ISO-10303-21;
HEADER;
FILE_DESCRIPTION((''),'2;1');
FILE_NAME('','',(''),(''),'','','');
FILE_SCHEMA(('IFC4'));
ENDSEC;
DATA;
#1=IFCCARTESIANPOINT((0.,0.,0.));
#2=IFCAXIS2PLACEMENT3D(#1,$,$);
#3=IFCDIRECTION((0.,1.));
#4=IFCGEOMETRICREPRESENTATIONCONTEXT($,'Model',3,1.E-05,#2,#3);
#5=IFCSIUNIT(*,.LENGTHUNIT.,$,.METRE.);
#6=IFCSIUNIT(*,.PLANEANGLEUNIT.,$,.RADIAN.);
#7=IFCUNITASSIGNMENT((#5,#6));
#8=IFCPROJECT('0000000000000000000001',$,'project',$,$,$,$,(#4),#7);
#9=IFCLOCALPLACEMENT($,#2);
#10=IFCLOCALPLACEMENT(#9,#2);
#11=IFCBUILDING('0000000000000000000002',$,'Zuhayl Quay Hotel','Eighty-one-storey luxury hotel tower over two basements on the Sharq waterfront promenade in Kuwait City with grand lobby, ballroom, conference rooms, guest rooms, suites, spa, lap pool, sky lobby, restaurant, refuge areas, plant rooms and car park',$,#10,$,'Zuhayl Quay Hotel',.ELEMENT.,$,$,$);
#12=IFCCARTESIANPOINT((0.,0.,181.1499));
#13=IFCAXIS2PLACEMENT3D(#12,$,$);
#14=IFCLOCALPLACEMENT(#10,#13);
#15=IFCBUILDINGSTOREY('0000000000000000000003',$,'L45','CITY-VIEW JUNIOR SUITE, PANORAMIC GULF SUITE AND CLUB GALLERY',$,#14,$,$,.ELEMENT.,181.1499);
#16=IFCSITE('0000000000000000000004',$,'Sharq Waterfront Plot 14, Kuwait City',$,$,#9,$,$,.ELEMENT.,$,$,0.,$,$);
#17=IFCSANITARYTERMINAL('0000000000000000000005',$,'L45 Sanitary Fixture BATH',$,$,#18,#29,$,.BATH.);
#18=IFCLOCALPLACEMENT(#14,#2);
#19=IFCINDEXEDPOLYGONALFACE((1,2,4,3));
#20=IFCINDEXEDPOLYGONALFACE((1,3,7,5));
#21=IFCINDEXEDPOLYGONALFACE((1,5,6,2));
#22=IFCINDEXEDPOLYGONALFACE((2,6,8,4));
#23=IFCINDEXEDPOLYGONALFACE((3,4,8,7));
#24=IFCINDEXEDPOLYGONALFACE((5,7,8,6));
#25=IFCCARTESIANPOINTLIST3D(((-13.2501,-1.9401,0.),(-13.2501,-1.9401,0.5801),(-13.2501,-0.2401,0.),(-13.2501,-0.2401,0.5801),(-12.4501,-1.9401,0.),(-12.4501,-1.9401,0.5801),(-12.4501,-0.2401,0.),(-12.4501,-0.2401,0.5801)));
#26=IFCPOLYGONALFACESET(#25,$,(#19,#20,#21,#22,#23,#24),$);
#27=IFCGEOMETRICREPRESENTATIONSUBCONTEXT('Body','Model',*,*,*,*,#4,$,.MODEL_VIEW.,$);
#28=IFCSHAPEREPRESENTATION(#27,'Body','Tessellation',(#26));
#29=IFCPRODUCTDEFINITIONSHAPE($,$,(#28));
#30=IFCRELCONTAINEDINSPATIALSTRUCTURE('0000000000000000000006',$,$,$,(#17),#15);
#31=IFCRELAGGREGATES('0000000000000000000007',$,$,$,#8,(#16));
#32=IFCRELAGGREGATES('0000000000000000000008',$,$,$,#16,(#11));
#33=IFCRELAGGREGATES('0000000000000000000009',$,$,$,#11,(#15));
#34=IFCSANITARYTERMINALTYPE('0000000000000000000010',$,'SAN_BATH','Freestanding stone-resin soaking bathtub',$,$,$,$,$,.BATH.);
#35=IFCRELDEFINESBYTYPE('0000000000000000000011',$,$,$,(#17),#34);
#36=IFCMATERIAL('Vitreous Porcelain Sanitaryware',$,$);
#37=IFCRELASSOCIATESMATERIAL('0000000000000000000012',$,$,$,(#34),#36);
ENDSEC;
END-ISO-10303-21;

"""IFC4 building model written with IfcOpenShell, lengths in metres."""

from ifc_helpers import new_model, si_unit, direction, frame, origin, origin_2d, place, context, subcontext, project, spatial, rectangle, extrude, material, type_object, element, save


model = new_model("IFC4")

# Units and contexts
model_context = context("Model", 3, precision=1e-05, world=origin(), true_north=direction((0.0, 1.0)))
body_context = subcontext(model_context, "Body", "Model", "MODEL_VIEW")
ifc_project = project(units=[si_unit("LENGTHUNIT", "METRE"), si_unit("PLANEANGLEUNIT", "RADIAN")], contexts=[model_context])

# Site, building, storey
site_placement = place(None, origin())
site = spatial("IfcSite", under=ifc_project, at=site_placement, Name="Sharq Waterfront Plot 14, Kuwait City", CompositionType="ELEMENT", RefElevation=0.0)
building_placement = place(site_placement, origin())
building = spatial("IfcBuilding", under=site, at=building_placement, Name="Zuhayl Quay Hotel", Description="Eighty-one-storey luxury hotel tower over two basements on the Sharq waterfront promenade in Kuwait City with grand lobby, ballroom, conference rooms, guest rooms, suites, spa, lap pool, sky lobby, restaurant, refuge areas, plant rooms and car park", LongName="Zuhayl Quay Hotel", CompositionType="ELEMENT")
storey_placement = place(building_placement, frame((0.0, 0.0, 181.1499)))
storey = spatial("IfcBuildingStorey", under=building, at=storey_placement, Name="L45", Description="CITY-VIEW JUNIOR SUITE, PANORAMIC GULF SUITE AND CLUB GALLERY", CompositionType="ELEMENT", Elevation=181.1499)

# Sanitary terminal
ifc_material_1 = material(Name="Vitreous Porcelain Sanitaryware")
sanitary_terminal_type_1 = type_object("IfcSanitaryTerminalType", Name="SAN_BATH", Description="Freestanding stone-resin soaking bathtub", PredefinedType="BATH", material=ifc_material_1)
for number, where, z_axis, x_axis, name in (
    (1, (-12.8501, -1.0901, 0.0), (0.0, 0.0, 1.0), (1.0, 0.0, 0.0), "L45 Sanitary Fixture BATH"),
):
    element("IfcSanitaryTerminal", number, at=place(storey_placement, frame(where, z_axis=z_axis, x_axis=x_axis)), inside=storey, type_object=sanitary_terminal_type_1, Name=name, PredefinedType="BATH", context=body_context, shape_type="SweptSolid", body=[
        extrude(rectangle(XDim=0.8, YDim=1.7, at=origin_2d()), origin(), (0.0, 0.0, 1.0), 0.5801),
    ])

save(model, "model.ifc")
